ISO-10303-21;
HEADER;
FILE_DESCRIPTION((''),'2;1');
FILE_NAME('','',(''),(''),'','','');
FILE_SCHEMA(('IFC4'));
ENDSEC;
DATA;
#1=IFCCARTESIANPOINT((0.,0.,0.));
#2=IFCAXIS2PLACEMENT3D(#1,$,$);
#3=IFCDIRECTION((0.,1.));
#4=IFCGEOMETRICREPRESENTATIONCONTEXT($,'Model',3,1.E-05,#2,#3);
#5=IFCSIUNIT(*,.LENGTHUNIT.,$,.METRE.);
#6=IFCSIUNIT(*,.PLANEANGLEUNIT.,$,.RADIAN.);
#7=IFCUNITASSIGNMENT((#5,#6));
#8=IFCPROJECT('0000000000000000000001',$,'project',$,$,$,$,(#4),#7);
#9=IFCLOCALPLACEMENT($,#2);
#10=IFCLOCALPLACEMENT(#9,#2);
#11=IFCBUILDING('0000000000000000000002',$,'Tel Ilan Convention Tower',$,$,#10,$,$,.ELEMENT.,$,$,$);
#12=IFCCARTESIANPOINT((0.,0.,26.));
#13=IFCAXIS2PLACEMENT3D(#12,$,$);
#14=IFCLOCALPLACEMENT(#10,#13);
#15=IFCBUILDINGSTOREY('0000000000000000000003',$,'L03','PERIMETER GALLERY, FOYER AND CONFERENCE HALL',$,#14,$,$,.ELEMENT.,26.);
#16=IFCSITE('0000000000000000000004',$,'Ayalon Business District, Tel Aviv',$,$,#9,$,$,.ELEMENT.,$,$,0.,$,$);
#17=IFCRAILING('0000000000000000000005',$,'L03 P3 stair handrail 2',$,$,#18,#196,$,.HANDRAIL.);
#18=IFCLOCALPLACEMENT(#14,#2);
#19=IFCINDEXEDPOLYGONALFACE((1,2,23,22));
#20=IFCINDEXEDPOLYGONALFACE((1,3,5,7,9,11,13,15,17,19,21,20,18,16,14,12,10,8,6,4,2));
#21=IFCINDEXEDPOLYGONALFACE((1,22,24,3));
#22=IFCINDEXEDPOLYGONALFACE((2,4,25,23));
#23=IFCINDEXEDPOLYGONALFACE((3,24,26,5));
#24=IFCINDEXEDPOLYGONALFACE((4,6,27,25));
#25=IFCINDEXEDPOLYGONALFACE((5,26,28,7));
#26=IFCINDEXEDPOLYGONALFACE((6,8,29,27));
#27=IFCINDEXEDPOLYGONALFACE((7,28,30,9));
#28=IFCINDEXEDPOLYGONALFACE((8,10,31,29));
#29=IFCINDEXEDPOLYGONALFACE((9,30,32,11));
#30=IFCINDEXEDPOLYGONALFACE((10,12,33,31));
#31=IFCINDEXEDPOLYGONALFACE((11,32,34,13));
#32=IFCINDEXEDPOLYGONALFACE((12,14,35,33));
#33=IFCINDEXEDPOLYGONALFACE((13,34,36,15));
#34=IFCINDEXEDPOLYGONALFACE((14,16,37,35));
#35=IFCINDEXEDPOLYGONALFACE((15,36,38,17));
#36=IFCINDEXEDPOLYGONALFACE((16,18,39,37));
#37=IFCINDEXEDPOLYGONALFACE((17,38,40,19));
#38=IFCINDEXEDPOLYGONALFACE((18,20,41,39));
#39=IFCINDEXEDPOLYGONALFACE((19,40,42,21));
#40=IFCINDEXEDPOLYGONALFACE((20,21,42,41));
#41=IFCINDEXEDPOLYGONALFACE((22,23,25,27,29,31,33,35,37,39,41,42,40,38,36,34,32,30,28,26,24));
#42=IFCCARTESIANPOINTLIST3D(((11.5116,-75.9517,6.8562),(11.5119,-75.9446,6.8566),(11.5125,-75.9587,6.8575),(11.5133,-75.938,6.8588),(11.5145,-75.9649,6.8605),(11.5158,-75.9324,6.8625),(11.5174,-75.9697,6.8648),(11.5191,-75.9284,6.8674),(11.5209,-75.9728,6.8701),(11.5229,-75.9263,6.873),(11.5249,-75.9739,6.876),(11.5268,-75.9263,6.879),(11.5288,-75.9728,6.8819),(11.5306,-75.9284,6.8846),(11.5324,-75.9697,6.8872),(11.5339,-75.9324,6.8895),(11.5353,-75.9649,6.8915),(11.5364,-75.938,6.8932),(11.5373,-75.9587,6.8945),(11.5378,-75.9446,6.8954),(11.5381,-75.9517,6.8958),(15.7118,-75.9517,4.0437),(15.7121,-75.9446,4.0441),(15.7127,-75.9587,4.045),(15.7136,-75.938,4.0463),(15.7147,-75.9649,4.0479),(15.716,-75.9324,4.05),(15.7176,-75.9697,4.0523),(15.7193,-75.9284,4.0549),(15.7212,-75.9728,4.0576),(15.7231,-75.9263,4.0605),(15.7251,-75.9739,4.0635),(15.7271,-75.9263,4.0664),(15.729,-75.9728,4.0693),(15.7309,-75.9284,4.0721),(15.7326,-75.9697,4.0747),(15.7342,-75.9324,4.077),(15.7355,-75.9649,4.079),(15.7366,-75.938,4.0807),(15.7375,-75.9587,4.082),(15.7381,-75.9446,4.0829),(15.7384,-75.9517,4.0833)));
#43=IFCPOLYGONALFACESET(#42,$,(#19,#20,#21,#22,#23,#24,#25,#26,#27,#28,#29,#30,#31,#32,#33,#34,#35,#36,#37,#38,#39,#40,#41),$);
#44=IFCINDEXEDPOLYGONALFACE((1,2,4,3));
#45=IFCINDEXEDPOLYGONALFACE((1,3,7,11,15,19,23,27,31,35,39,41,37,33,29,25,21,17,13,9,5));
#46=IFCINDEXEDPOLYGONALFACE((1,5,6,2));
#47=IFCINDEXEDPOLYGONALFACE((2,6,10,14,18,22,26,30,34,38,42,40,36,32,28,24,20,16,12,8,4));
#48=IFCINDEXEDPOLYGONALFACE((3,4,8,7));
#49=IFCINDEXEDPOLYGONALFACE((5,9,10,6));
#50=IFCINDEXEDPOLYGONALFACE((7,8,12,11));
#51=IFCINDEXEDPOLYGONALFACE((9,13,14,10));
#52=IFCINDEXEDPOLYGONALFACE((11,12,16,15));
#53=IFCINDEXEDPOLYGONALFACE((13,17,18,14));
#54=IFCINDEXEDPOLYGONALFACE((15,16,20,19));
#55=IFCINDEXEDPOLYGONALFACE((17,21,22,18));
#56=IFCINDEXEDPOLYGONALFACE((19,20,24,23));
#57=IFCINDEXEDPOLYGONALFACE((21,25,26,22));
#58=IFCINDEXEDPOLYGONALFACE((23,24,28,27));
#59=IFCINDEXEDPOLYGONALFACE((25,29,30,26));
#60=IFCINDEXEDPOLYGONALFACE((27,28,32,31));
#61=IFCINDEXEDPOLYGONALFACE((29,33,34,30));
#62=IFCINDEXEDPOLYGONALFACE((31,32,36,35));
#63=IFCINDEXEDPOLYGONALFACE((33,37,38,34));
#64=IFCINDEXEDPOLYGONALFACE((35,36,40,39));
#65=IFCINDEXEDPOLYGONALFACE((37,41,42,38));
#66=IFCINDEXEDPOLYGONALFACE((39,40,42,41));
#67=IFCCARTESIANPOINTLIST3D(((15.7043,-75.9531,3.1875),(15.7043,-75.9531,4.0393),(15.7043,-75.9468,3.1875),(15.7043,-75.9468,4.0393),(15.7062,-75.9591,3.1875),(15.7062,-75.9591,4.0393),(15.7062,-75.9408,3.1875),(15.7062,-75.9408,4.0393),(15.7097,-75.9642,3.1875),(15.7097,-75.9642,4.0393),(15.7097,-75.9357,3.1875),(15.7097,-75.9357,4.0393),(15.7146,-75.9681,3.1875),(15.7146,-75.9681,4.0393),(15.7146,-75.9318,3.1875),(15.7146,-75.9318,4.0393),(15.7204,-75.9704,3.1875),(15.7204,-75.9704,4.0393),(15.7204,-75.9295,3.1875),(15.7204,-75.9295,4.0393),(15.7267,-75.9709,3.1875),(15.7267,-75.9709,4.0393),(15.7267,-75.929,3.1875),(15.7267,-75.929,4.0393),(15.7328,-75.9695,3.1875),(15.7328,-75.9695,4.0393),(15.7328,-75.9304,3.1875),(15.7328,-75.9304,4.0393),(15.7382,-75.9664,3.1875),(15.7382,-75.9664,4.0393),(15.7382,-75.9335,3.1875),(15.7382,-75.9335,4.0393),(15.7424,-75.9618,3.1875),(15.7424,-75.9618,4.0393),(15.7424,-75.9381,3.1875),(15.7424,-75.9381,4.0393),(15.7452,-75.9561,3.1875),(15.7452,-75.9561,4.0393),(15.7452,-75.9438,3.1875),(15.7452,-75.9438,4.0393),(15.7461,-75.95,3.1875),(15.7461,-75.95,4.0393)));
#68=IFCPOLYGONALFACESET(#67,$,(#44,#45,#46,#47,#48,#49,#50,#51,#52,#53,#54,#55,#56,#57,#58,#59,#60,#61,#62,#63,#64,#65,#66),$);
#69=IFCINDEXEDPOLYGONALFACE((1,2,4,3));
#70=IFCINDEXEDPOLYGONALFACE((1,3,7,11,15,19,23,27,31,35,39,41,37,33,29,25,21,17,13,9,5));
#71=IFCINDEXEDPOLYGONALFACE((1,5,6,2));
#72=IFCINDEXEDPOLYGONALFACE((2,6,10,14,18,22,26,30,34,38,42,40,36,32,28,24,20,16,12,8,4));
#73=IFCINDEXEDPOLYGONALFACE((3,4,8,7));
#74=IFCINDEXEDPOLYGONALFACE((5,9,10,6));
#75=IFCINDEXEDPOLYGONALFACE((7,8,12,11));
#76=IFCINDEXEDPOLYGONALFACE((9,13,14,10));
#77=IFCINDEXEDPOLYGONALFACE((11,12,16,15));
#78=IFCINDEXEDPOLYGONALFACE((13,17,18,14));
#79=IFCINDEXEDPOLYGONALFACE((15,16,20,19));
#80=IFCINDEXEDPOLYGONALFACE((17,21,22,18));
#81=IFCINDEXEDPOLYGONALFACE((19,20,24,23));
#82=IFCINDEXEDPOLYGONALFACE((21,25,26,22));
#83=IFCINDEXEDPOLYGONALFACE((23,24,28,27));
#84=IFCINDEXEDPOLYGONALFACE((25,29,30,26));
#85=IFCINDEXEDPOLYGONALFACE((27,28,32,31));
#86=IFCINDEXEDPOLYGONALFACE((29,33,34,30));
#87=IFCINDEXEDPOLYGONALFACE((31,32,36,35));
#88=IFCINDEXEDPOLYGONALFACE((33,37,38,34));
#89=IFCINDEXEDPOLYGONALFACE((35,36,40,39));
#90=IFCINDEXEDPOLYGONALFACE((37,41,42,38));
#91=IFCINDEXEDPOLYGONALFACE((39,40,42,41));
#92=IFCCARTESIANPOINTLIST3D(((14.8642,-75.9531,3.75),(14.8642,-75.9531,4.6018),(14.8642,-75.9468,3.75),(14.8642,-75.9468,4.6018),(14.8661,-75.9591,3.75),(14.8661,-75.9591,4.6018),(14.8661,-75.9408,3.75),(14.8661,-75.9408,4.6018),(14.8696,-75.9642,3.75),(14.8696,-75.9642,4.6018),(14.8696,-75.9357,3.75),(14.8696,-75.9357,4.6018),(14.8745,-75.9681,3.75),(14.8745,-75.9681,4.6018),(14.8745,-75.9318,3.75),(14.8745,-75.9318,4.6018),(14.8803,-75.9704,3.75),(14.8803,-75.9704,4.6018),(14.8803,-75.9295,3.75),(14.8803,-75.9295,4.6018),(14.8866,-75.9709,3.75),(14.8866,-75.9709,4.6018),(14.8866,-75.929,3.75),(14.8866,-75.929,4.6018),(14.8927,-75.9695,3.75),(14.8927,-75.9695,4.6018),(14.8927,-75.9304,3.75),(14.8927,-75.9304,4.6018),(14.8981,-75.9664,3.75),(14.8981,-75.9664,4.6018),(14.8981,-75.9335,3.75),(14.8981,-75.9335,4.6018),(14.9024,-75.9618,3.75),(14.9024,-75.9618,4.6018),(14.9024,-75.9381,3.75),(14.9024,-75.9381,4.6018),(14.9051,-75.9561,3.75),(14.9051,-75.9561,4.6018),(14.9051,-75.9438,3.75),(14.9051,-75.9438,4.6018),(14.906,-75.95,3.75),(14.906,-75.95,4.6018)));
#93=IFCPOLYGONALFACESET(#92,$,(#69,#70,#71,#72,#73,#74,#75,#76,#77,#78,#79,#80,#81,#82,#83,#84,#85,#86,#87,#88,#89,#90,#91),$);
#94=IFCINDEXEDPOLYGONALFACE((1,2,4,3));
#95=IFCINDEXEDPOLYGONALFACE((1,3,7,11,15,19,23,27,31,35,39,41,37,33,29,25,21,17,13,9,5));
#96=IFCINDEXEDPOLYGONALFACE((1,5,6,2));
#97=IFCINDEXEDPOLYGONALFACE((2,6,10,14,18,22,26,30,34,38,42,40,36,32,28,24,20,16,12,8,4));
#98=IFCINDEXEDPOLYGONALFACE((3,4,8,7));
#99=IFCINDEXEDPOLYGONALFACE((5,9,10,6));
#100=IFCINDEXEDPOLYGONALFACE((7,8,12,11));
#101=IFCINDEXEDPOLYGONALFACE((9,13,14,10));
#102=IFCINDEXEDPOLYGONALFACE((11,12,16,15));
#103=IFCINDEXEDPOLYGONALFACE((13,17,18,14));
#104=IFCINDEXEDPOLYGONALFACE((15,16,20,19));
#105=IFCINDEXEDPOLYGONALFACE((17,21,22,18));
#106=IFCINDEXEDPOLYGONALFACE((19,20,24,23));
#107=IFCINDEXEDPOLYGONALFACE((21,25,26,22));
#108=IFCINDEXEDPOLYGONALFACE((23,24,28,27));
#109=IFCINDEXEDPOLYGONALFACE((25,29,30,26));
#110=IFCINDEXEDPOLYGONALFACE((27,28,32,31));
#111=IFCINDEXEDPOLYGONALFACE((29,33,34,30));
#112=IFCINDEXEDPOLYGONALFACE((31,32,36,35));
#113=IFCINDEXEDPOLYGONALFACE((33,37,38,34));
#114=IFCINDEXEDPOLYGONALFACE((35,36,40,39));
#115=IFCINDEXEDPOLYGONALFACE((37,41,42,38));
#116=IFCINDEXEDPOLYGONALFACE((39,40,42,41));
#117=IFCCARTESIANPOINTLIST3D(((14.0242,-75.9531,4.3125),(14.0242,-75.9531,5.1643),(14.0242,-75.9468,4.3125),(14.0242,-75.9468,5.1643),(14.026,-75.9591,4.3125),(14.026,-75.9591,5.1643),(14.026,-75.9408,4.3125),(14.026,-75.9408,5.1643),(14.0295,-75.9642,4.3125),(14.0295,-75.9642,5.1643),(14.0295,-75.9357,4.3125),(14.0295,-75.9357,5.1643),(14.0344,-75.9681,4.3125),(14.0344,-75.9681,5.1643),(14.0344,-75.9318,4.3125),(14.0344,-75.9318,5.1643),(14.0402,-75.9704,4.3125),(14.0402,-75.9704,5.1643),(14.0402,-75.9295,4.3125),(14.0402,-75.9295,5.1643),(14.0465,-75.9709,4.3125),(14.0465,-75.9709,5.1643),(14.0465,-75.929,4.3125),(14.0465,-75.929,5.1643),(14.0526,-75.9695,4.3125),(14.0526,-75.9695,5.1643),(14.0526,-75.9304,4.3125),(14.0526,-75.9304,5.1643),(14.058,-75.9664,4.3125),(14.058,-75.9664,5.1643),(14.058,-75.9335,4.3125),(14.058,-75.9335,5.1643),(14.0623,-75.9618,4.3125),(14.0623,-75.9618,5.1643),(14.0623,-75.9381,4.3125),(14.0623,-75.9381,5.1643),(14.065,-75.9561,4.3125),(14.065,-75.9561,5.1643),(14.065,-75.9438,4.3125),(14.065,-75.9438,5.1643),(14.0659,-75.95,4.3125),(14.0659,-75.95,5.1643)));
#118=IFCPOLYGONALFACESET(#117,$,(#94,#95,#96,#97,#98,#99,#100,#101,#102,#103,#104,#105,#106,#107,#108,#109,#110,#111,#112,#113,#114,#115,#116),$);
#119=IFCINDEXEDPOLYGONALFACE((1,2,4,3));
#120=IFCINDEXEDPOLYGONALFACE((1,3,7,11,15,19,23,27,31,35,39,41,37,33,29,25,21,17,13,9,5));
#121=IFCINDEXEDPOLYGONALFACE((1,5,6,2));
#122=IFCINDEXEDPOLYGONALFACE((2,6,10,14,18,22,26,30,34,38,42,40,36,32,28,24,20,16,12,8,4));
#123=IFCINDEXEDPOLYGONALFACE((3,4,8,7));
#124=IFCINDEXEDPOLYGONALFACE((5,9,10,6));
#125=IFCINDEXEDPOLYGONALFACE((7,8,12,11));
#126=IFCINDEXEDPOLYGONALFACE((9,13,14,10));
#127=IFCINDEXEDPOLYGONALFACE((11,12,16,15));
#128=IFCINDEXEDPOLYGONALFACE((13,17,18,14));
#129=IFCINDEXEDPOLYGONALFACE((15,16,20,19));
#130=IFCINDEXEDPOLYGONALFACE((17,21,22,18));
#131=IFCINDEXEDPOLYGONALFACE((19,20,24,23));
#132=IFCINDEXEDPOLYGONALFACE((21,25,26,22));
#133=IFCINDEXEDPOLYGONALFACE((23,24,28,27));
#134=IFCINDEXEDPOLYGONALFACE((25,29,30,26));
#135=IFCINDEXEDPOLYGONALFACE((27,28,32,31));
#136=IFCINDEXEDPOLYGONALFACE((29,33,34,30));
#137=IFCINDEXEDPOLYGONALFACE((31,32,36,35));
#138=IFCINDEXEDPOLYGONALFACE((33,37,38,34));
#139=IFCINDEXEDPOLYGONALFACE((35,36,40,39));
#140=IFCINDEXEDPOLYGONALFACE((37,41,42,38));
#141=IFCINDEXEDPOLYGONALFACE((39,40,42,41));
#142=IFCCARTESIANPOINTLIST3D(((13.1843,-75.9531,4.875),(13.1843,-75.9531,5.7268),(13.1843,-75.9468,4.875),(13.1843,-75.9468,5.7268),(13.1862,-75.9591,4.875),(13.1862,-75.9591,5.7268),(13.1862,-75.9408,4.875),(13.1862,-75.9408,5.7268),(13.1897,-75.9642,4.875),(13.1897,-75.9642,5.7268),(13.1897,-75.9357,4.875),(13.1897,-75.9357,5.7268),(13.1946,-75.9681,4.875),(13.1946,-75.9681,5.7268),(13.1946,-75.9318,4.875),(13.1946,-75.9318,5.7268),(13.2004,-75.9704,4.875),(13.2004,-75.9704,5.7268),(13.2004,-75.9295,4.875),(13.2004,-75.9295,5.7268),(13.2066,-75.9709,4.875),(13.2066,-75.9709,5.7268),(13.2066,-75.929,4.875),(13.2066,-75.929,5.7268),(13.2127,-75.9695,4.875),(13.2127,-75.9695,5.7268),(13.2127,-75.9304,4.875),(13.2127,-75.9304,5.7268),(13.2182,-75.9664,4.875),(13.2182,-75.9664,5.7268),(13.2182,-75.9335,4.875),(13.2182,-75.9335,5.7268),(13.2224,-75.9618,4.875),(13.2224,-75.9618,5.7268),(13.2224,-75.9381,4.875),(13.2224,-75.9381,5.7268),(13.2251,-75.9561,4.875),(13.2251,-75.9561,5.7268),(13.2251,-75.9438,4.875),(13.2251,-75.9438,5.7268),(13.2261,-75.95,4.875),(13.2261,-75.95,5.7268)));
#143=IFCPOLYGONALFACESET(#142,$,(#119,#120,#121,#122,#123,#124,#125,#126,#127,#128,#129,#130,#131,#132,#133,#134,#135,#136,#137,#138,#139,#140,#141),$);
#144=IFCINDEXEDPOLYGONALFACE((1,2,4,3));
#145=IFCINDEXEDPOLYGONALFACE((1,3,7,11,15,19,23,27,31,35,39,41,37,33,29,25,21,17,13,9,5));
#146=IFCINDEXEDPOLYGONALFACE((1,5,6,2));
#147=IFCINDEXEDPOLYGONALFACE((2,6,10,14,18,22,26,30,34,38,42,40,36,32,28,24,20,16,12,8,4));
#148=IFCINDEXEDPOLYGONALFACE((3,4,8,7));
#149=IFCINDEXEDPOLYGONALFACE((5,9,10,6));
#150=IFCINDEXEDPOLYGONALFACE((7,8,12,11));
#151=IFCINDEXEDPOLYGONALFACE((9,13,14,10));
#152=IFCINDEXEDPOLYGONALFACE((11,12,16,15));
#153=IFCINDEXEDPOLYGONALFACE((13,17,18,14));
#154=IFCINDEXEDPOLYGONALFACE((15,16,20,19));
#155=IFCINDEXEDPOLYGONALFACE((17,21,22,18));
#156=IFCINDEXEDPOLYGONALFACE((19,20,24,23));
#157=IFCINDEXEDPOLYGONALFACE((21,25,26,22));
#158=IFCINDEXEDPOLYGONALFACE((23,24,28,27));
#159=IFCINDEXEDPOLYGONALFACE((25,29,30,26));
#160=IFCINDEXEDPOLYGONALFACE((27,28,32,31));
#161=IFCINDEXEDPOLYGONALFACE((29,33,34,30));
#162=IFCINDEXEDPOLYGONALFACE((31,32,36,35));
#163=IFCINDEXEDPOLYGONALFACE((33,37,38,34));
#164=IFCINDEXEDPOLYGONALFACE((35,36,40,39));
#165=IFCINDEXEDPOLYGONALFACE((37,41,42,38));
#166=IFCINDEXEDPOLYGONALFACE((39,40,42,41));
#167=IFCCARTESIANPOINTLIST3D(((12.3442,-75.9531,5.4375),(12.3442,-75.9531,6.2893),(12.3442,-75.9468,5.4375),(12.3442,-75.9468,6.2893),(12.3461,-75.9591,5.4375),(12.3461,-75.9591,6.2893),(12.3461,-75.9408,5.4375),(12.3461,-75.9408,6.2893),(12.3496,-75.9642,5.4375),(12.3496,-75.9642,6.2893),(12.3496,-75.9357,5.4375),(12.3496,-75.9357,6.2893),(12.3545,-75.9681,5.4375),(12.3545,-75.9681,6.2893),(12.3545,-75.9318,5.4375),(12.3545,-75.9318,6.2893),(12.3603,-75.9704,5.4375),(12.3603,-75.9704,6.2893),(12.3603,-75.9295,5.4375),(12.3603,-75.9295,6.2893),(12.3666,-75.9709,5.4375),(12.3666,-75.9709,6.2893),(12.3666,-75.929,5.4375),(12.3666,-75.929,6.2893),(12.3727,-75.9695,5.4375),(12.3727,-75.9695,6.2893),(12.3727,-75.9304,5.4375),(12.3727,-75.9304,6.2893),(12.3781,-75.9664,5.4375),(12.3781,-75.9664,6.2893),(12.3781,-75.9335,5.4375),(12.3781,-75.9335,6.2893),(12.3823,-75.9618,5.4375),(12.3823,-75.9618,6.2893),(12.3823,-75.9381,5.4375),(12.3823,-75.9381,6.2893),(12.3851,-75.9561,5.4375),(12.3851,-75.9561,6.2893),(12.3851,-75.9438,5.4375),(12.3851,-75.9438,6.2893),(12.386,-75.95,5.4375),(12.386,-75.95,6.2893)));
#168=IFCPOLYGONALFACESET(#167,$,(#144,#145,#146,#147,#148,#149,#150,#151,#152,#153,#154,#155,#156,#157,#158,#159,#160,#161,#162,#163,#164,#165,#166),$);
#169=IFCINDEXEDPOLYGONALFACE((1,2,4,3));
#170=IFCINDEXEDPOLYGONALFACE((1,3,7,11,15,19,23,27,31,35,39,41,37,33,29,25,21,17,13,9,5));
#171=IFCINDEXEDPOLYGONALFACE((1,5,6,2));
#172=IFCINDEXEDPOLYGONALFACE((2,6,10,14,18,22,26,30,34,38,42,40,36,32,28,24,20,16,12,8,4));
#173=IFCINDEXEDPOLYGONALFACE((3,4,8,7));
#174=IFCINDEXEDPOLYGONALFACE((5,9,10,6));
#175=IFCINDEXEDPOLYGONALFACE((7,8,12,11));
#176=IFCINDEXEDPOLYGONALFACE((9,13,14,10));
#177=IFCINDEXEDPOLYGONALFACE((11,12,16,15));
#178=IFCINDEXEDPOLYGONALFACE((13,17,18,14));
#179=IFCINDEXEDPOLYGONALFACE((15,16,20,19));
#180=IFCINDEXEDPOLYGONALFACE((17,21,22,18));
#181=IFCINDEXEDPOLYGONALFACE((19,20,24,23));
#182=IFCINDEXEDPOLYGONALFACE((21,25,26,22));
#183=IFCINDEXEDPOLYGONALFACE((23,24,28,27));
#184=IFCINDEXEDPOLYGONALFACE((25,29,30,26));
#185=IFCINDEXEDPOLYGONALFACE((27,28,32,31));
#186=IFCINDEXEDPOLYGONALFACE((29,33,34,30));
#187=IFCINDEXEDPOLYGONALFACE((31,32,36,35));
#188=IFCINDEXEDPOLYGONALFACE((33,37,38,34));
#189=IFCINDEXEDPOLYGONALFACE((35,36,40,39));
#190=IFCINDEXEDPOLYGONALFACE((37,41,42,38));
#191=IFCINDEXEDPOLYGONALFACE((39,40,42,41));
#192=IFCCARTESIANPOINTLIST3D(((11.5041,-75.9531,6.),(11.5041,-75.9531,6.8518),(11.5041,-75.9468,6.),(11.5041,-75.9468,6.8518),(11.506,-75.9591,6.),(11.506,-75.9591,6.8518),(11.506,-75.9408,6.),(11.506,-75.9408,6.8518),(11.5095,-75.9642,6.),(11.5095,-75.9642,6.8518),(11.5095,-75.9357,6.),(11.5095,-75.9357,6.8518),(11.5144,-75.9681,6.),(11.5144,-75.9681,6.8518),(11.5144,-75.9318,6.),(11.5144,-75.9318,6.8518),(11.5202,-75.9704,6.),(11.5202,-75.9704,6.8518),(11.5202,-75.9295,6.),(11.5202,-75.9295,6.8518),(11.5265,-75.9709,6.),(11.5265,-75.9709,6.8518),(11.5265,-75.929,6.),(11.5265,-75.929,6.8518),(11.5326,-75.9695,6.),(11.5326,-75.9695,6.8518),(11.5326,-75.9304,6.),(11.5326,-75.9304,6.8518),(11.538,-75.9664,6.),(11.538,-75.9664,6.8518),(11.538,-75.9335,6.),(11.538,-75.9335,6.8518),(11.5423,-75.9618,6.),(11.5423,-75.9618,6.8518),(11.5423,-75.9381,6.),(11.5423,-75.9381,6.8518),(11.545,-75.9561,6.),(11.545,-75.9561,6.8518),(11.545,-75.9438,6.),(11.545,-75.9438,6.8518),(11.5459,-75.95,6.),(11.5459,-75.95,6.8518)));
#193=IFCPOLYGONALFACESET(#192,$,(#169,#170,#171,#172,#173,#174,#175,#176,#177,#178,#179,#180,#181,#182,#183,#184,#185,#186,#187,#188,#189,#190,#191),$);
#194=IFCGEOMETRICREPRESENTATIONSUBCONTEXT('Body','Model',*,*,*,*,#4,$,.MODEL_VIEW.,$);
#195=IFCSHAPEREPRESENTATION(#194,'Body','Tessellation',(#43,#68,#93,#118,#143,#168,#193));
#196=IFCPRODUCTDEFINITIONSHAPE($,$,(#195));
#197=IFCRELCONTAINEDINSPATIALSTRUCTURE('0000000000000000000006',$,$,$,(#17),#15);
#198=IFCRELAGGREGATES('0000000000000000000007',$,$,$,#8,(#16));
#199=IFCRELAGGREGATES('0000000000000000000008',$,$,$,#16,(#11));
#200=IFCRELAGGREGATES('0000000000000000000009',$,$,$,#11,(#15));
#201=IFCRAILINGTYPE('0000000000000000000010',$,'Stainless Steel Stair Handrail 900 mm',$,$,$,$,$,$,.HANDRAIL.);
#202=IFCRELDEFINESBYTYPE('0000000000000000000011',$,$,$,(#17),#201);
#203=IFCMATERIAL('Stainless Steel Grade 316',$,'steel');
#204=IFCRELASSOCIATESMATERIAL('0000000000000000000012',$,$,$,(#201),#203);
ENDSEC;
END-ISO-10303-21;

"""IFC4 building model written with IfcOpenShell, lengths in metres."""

from ifc_helpers import new_model, si_unit, direction, frame, origin, origin_2d, place, context, subcontext, project, spatial, circle, extrude, material, type_object, element, save


model = new_model("IFC4")

# Units and contexts
model_context = context("Model", 3, precision=1e-05, world=origin(), true_north=direction((0.0, 1.0)))
body_context = subcontext(model_context, "Body", "Model", "MODEL_VIEW")
ifc_project = project(units=[si_unit("LENGTHUNIT", "METRE"), si_unit("PLANEANGLEUNIT", "RADIAN")], contexts=[model_context])

# Site, building, storey
site_placement = place(None, origin())
site = spatial("IfcSite", under=ifc_project, at=site_placement, Name="Ayalon Business District, Tel Aviv", CompositionType="ELEMENT", RefElevation=0.0)
building_placement = place(site_placement, origin())
building = spatial("IfcBuilding", under=site, at=building_placement, Name="Tel Ilan Convention Tower", CompositionType="ELEMENT")
storey_placement = place(building_placement, frame((0.0, 0.0, 26.0)))
storey = spatial("IfcBuildingStorey", under=building, at=storey_placement, Name="L03", Description="PERIMETER GALLERY, FOYER AND CONFERENCE HALL", CompositionType="ELEMENT", Elevation=26.0)

# Railing
ifc_material_1 = material(Name="Stainless Steel Grade 316", Category="steel")
railing_type_1 = type_object("IfcRailingType", Name="Stainless Steel Stair Handrail 900 mm", PredefinedType="HANDRAIL", material=ifc_material_1)
railing_1_placement = place(storey_placement, frame((15.7251, -75.95, 3.1875)))
element("IfcRailing", 1, at=railing_1_placement, inside=storey, type_object=railing_type_1, Name="L03 P3 stair handrail 2", PredefinedType="HANDRAIL", context=body_context, shape_type="SweptSolid", body=[
    extrude(circle(Radius=0.0239, at=origin_2d()), frame((0.0, 0.0, 0.876), z_axis=(-0.830919, 0.0, 0.556393), x_axis=(0.0, -1.0, 0.0)), (0.0, 0.0, 1.0), 5.0549),
    extrude(circle(Radius=0.021, at=origin_2d()), origin(), (0.0, 0.0, 1.0), 0.8518),
    extrude(circle(Radius=0.021, at=origin_2d()), frame((-0.8401, 0.0, 0.5625)), (0.0, 0.0, 1.0), 0.8518),
    extrude(circle(Radius=0.021, at=origin_2d()), frame((-1.6802, 0.0, 1.125)), (0.0, 0.0, 1.0), 0.8518),
    extrude(circle(Radius=0.021, at=origin_2d()), frame((-2.52, 0.0, 1.6875)), (0.0, 0.0, 1.0), 0.8518),
    extrude(circle(Radius=0.021, at=origin_2d()), frame((-3.3601, 0.0, 2.25)), (0.0, 0.0, 1.0), 0.8518),
    extrude(circle(Radius=0.021, at=origin_2d()), frame((-4.2002, 0.0, 2.8125)), (0.0, 0.0, 1.0), 0.8518),
])

save(model, "model.ifc")
